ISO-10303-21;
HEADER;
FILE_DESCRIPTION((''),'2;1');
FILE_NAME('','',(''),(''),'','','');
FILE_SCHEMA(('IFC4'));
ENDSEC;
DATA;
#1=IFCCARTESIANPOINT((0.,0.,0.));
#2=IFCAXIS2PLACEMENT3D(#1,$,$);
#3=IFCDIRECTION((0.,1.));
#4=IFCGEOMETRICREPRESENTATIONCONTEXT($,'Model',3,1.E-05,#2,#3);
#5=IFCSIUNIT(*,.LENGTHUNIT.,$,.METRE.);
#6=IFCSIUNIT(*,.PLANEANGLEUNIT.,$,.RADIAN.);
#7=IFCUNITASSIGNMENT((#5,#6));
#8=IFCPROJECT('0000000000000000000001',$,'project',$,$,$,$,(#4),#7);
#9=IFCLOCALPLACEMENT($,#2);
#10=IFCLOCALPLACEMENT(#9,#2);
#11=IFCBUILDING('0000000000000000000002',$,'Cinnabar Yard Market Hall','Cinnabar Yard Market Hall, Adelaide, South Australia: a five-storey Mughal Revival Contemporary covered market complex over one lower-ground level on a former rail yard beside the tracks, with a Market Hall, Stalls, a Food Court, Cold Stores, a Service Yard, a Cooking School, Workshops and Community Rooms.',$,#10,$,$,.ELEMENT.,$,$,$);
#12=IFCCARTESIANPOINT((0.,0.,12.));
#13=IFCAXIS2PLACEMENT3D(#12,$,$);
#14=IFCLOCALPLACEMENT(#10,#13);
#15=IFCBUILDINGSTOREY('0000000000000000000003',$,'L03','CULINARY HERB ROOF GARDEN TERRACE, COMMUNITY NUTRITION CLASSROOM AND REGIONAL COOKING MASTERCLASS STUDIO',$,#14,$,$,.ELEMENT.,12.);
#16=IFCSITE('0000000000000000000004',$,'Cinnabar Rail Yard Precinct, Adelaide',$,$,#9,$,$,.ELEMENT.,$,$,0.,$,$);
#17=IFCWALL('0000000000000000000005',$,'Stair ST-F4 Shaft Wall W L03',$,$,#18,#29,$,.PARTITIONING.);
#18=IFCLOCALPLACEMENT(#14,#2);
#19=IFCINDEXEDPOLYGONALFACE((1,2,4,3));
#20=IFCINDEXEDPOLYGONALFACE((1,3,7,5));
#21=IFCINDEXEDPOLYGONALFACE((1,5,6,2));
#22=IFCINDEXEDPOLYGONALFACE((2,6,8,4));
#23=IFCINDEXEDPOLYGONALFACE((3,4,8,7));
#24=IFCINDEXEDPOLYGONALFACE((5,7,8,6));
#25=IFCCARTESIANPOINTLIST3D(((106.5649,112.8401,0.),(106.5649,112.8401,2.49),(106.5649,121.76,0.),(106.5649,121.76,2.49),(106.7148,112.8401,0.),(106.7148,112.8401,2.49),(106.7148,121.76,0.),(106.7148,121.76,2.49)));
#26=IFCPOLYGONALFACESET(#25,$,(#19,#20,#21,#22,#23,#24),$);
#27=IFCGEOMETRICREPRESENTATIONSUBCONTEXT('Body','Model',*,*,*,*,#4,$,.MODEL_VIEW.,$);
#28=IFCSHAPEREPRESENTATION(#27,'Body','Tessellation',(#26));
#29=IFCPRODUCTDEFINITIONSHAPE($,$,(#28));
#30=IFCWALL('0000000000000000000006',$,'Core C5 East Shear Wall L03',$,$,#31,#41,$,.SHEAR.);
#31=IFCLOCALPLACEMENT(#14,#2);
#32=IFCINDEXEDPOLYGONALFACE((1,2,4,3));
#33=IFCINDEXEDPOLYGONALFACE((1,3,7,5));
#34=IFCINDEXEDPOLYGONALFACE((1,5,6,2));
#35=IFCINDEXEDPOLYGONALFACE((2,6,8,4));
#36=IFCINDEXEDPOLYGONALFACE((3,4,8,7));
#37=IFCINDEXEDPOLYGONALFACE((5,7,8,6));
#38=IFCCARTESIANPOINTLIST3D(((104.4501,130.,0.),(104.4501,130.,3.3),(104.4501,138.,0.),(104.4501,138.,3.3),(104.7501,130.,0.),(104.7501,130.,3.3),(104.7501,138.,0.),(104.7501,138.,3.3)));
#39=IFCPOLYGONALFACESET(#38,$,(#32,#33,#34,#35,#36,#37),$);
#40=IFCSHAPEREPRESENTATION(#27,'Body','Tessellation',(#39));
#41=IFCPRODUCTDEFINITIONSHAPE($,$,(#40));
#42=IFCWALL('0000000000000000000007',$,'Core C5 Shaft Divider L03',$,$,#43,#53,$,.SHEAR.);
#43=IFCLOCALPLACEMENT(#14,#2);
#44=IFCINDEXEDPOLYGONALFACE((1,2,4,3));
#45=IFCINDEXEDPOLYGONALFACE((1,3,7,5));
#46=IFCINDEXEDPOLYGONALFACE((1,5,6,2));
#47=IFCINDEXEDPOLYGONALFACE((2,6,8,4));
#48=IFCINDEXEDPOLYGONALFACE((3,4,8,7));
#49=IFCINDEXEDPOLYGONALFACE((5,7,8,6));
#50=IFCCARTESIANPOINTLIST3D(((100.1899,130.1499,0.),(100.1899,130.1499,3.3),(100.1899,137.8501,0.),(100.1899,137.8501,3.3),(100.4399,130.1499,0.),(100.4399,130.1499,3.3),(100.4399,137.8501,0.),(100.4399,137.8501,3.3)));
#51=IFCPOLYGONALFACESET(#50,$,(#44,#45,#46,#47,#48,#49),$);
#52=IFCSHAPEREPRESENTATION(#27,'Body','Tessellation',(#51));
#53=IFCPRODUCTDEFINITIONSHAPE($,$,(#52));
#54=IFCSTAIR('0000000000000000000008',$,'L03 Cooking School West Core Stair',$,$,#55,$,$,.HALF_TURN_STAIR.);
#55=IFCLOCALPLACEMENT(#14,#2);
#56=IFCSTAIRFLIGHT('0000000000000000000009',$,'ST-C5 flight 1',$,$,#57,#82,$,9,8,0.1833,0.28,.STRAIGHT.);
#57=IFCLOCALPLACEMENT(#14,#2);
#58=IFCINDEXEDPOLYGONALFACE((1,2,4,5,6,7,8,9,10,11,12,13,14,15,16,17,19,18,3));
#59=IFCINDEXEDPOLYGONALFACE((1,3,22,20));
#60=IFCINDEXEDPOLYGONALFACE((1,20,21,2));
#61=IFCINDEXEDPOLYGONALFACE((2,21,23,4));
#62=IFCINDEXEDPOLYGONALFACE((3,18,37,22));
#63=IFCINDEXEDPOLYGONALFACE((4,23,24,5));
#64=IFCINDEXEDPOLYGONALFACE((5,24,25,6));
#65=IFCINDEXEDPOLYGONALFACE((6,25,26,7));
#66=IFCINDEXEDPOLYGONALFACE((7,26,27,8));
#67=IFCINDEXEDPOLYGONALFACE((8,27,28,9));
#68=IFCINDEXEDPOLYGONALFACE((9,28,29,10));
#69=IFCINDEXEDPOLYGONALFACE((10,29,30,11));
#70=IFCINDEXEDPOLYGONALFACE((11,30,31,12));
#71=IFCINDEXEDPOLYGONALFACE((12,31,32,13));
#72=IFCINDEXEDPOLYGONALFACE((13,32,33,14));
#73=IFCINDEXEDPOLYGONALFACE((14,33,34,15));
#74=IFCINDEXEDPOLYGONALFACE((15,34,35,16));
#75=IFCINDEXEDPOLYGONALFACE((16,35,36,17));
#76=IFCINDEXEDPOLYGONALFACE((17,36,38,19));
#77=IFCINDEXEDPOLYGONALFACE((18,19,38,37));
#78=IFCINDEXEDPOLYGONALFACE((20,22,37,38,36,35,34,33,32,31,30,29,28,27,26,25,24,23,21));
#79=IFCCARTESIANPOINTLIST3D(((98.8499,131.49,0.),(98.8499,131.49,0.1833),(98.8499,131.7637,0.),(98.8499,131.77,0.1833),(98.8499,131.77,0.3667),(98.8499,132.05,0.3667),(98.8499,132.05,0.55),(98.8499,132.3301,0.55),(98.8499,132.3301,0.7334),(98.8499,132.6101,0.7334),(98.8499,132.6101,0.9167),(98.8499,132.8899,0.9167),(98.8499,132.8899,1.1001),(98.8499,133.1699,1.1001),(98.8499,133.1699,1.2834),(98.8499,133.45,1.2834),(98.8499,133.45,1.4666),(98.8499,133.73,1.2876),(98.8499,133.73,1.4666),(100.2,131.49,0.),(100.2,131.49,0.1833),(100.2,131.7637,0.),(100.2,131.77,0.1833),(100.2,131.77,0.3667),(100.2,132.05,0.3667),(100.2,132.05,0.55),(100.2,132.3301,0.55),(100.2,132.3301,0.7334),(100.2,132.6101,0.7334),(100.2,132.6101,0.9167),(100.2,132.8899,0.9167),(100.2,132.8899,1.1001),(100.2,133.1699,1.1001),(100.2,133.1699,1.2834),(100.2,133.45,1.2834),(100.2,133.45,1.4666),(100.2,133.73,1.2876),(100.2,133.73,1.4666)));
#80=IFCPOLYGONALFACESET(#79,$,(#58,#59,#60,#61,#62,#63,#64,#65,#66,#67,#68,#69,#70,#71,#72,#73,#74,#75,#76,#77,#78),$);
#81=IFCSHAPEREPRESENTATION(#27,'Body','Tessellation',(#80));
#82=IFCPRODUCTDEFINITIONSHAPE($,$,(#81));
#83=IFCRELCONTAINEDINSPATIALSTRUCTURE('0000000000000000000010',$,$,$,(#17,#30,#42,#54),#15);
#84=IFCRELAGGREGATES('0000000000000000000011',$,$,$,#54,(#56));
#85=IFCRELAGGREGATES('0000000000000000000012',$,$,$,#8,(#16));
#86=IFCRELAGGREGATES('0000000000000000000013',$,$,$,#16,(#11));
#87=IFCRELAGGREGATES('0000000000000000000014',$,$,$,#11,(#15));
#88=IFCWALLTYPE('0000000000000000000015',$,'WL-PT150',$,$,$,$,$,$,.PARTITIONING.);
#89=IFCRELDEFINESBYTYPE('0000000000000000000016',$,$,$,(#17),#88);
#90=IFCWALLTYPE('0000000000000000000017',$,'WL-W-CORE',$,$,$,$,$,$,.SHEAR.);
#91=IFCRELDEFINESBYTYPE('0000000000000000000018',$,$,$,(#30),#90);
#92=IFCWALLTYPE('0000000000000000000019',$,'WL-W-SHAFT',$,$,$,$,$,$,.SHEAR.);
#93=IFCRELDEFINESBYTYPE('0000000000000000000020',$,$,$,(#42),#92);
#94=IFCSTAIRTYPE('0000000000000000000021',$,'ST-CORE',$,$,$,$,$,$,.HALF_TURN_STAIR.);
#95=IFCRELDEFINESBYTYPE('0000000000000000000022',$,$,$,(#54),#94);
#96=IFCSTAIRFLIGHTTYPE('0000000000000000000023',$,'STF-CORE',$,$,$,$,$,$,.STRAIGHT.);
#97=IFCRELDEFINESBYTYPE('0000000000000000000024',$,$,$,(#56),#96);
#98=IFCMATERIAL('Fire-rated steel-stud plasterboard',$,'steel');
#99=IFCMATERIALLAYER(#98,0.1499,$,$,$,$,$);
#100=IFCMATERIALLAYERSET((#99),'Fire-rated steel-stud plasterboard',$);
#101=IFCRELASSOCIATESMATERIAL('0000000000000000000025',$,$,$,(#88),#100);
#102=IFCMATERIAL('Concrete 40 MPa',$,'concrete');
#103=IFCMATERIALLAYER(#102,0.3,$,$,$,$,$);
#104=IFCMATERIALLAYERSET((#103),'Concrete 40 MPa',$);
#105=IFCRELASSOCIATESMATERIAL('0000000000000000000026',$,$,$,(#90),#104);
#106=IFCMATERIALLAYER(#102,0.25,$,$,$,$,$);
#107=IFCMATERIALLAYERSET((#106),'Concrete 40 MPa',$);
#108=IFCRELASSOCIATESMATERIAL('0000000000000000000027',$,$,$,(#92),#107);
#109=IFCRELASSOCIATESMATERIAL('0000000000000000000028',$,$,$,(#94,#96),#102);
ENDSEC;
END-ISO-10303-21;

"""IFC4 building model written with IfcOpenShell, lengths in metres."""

from ifc_helpers import new_model, si_unit, direction, frame, frame_2d, origin, place, context, subcontext, project, spatial, polyline, rectangle, outline, extrude, material, layer, layer_set, type_object, element, aggregate, save


model = new_model("IFC4")

# Units and contexts
model_context = context("Model", 3, precision=1e-05, world=origin(), true_north=direction((0.0, 1.0)))
body_context = subcontext(model_context, "Body", "Model", "MODEL_VIEW")
ifc_project = project(units=[si_unit("LENGTHUNIT", "METRE"), si_unit("PLANEANGLEUNIT", "RADIAN")], contexts=[model_context])

# Site, building, storey
site_placement = place(None, origin())
site = spatial("IfcSite", under=ifc_project, at=site_placement, Name="Cinnabar Rail Yard Precinct, Adelaide", CompositionType="ELEMENT", RefElevation=0.0)
building_placement = place(site_placement, origin())
building = spatial("IfcBuilding", under=site, at=building_placement, Name="Cinnabar Yard Market Hall", Description="Cinnabar Yard Market Hall, Adelaide, South Australia: a five-storey Mughal Revival Contemporary covered market complex over one lower-ground level on a former rail yard beside the tracks, with a Market Hall, Stalls, a Food Court, Cold Stores, a Service Yard, a Cooking School, Workshops and Community Rooms.", CompositionType="ELEMENT")
storey_placement = place(building_placement, frame((0.0, 0.0, 12.0)))
storey = spatial("IfcBuildingStorey", under=building, at=storey_placement, Name="L03", Description="CULINARY HERB ROOF GARDEN TERRACE, COMMUNITY NUTRITION CLASSROOM AND REGIONAL COOKING MASTERCLASS STUDIO", CompositionType="ELEMENT", Elevation=12.0)

# Wall
ifc_material_1 = material(Name="Fire-rated steel-stud plasterboard", Category="steel")
ifc_layer_1 = layer(ifc_material_1, 0.1499)
ifc_layer_set_1 = layer_set([ifc_layer_1], Name="Fire-rated steel-stud plasterboard")
wall_type_1 = type_object("IfcWallType", Name="WL-PT150", PredefinedType="PARTITIONING", material=ifc_layer_set_1)
wall_1_placement = place(storey_placement, frame((106.6399, 121.76, 0.0), z_axis=(0.0, 0.0, 1.0), x_axis=(0.0, -1.0, 0.0)))
element("IfcWall", 1, at=wall_1_placement, inside=storey, type_object=wall_type_1, Name="Stair ST-F4 Shaft Wall W L03", PredefinedType="PARTITIONING", context=body_context, shape_type="SweptSolid", body=[
    extrude(rectangle(XDim=8.9199, YDim=0.1499, at=frame_2d((4.46, 0.0), x_axis=(1.0, 0.0))), origin(), (0.0, 0.0, 1.0), 2.49),
])

# Wall
ifc_material_2 = material(Name="Concrete 40 MPa", Category="concrete")
ifc_layer_2 = layer(ifc_material_2, 0.3)
ifc_layer_set_2 = layer_set([ifc_layer_2], Name="Concrete 40 MPa")
wall_type_2 = type_object("IfcWallType", Name="WL-W-CORE", PredefinedType="SHEAR", material=ifc_layer_set_2)
wall_2_placement = place(storey_placement, frame((104.6001, 130.0, 0.0), z_axis=(0.0, 0.0, 1.0), x_axis=(0.0, 1.0, 0.0)))
element("IfcWall", 2, at=wall_2_placement, inside=storey, type_object=wall_type_2, Name="Core C5 East Shear Wall L03", PredefinedType="SHEAR", context=body_context, shape_type="SweptSolid", body=[
    extrude(rectangle(XDim=8.0, YDim=0.3, at=frame_2d((4.0, 0.0), x_axis=(1.0, 0.0))), origin(), (0.0, 0.0, 1.0), 3.3),
])

# Wall
ifc_layer_3 = layer(ifc_material_2, 0.25)
ifc_layer_set_3 = layer_set([ifc_layer_3], Name="Concrete 40 MPa")
wall_type_3 = type_object("IfcWallType", Name="WL-W-SHAFT", PredefinedType="SHEAR", material=ifc_layer_set_3)
wall_3_placement = place(storey_placement, frame((100.3149, 130.1499, 0.0), z_axis=(0.0, 0.0, 1.0), x_axis=(0.0, 1.0, 0.0)))
element("IfcWall", 3, at=wall_3_placement, inside=storey, type_object=wall_type_3, Name="Core C5 Shaft Divider L03", PredefinedType="SHEAR", context=body_context, shape_type="SweptSolid", body=[
    extrude(rectangle(XDim=7.7002, YDim=0.25, at=frame_2d((3.8501, 0.0), x_axis=(1.0, 0.0))), origin(), (0.0, 0.0, 1.0), 3.3),
])

# Stair, stair flight
stair_type = type_object("IfcStairType", Name="ST-CORE", PredefinedType="HALF_TURN_STAIR", material=ifc_material_2)
stair_placement = place(storey_placement, origin())
stair = element("IfcStair", 4, at=stair_placement, inside=storey, type_object=stair_type, Name="L03 Cooking School West Core Stair", PredefinedType="HALF_TURN_STAIR")
stair_flight_type = type_object("IfcStairFlightType", Name="STF-CORE", PredefinedType="STRAIGHT", material=ifc_material_2)
stair_flight_placement = place(storey_placement, frame((99.5249, 131.49, 0.0), z_axis=(0.0, 0.0, 1.0), x_axis=(0.0, 1.0, 0.0)))
stair_flight = element("IfcStairFlight", 5, at=stair_flight_placement, type_object=stair_flight_type, Name="ST-C5 flight 1", NumberOfRisers=9, NumberOfTreads=8, PredefinedType="STRAIGHT", RiserHeight=0.1833, TreadLength=0.28, context=body_context, shape_type="SweptSolid", body=[
    extrude(outline(polyline([(0.0, 0.0), (0.0, 0.1833), (0.28, 0.1833), (0.28, 0.3667), (0.5601, 0.3667), (0.5601, 0.55), (0.8401, 0.55), (0.8401, 0.7334), (1.1201, 0.7334), (1.1201, 0.9167), (1.3999, 0.9167), (1.3999, 1.1001), (1.6799, 1.1001), (1.6799, 1.2834), (1.96, 1.2834), (1.96, 1.4666), (2.24, 1.4666), (2.24, 1.6499), (2.24, 1.2876), (0.2737, 0.0), (0.0, 0.0)])), frame((0.0, 0.675, 0.0), z_axis=(0.0, -1.0, 0.0), x_axis=(1.0, 0.0, 0.0)), (0.0, 0.0, 1.0), 1.3501),
])
aggregate(stair, [stair_flight])

save(model, "model.ifc")
